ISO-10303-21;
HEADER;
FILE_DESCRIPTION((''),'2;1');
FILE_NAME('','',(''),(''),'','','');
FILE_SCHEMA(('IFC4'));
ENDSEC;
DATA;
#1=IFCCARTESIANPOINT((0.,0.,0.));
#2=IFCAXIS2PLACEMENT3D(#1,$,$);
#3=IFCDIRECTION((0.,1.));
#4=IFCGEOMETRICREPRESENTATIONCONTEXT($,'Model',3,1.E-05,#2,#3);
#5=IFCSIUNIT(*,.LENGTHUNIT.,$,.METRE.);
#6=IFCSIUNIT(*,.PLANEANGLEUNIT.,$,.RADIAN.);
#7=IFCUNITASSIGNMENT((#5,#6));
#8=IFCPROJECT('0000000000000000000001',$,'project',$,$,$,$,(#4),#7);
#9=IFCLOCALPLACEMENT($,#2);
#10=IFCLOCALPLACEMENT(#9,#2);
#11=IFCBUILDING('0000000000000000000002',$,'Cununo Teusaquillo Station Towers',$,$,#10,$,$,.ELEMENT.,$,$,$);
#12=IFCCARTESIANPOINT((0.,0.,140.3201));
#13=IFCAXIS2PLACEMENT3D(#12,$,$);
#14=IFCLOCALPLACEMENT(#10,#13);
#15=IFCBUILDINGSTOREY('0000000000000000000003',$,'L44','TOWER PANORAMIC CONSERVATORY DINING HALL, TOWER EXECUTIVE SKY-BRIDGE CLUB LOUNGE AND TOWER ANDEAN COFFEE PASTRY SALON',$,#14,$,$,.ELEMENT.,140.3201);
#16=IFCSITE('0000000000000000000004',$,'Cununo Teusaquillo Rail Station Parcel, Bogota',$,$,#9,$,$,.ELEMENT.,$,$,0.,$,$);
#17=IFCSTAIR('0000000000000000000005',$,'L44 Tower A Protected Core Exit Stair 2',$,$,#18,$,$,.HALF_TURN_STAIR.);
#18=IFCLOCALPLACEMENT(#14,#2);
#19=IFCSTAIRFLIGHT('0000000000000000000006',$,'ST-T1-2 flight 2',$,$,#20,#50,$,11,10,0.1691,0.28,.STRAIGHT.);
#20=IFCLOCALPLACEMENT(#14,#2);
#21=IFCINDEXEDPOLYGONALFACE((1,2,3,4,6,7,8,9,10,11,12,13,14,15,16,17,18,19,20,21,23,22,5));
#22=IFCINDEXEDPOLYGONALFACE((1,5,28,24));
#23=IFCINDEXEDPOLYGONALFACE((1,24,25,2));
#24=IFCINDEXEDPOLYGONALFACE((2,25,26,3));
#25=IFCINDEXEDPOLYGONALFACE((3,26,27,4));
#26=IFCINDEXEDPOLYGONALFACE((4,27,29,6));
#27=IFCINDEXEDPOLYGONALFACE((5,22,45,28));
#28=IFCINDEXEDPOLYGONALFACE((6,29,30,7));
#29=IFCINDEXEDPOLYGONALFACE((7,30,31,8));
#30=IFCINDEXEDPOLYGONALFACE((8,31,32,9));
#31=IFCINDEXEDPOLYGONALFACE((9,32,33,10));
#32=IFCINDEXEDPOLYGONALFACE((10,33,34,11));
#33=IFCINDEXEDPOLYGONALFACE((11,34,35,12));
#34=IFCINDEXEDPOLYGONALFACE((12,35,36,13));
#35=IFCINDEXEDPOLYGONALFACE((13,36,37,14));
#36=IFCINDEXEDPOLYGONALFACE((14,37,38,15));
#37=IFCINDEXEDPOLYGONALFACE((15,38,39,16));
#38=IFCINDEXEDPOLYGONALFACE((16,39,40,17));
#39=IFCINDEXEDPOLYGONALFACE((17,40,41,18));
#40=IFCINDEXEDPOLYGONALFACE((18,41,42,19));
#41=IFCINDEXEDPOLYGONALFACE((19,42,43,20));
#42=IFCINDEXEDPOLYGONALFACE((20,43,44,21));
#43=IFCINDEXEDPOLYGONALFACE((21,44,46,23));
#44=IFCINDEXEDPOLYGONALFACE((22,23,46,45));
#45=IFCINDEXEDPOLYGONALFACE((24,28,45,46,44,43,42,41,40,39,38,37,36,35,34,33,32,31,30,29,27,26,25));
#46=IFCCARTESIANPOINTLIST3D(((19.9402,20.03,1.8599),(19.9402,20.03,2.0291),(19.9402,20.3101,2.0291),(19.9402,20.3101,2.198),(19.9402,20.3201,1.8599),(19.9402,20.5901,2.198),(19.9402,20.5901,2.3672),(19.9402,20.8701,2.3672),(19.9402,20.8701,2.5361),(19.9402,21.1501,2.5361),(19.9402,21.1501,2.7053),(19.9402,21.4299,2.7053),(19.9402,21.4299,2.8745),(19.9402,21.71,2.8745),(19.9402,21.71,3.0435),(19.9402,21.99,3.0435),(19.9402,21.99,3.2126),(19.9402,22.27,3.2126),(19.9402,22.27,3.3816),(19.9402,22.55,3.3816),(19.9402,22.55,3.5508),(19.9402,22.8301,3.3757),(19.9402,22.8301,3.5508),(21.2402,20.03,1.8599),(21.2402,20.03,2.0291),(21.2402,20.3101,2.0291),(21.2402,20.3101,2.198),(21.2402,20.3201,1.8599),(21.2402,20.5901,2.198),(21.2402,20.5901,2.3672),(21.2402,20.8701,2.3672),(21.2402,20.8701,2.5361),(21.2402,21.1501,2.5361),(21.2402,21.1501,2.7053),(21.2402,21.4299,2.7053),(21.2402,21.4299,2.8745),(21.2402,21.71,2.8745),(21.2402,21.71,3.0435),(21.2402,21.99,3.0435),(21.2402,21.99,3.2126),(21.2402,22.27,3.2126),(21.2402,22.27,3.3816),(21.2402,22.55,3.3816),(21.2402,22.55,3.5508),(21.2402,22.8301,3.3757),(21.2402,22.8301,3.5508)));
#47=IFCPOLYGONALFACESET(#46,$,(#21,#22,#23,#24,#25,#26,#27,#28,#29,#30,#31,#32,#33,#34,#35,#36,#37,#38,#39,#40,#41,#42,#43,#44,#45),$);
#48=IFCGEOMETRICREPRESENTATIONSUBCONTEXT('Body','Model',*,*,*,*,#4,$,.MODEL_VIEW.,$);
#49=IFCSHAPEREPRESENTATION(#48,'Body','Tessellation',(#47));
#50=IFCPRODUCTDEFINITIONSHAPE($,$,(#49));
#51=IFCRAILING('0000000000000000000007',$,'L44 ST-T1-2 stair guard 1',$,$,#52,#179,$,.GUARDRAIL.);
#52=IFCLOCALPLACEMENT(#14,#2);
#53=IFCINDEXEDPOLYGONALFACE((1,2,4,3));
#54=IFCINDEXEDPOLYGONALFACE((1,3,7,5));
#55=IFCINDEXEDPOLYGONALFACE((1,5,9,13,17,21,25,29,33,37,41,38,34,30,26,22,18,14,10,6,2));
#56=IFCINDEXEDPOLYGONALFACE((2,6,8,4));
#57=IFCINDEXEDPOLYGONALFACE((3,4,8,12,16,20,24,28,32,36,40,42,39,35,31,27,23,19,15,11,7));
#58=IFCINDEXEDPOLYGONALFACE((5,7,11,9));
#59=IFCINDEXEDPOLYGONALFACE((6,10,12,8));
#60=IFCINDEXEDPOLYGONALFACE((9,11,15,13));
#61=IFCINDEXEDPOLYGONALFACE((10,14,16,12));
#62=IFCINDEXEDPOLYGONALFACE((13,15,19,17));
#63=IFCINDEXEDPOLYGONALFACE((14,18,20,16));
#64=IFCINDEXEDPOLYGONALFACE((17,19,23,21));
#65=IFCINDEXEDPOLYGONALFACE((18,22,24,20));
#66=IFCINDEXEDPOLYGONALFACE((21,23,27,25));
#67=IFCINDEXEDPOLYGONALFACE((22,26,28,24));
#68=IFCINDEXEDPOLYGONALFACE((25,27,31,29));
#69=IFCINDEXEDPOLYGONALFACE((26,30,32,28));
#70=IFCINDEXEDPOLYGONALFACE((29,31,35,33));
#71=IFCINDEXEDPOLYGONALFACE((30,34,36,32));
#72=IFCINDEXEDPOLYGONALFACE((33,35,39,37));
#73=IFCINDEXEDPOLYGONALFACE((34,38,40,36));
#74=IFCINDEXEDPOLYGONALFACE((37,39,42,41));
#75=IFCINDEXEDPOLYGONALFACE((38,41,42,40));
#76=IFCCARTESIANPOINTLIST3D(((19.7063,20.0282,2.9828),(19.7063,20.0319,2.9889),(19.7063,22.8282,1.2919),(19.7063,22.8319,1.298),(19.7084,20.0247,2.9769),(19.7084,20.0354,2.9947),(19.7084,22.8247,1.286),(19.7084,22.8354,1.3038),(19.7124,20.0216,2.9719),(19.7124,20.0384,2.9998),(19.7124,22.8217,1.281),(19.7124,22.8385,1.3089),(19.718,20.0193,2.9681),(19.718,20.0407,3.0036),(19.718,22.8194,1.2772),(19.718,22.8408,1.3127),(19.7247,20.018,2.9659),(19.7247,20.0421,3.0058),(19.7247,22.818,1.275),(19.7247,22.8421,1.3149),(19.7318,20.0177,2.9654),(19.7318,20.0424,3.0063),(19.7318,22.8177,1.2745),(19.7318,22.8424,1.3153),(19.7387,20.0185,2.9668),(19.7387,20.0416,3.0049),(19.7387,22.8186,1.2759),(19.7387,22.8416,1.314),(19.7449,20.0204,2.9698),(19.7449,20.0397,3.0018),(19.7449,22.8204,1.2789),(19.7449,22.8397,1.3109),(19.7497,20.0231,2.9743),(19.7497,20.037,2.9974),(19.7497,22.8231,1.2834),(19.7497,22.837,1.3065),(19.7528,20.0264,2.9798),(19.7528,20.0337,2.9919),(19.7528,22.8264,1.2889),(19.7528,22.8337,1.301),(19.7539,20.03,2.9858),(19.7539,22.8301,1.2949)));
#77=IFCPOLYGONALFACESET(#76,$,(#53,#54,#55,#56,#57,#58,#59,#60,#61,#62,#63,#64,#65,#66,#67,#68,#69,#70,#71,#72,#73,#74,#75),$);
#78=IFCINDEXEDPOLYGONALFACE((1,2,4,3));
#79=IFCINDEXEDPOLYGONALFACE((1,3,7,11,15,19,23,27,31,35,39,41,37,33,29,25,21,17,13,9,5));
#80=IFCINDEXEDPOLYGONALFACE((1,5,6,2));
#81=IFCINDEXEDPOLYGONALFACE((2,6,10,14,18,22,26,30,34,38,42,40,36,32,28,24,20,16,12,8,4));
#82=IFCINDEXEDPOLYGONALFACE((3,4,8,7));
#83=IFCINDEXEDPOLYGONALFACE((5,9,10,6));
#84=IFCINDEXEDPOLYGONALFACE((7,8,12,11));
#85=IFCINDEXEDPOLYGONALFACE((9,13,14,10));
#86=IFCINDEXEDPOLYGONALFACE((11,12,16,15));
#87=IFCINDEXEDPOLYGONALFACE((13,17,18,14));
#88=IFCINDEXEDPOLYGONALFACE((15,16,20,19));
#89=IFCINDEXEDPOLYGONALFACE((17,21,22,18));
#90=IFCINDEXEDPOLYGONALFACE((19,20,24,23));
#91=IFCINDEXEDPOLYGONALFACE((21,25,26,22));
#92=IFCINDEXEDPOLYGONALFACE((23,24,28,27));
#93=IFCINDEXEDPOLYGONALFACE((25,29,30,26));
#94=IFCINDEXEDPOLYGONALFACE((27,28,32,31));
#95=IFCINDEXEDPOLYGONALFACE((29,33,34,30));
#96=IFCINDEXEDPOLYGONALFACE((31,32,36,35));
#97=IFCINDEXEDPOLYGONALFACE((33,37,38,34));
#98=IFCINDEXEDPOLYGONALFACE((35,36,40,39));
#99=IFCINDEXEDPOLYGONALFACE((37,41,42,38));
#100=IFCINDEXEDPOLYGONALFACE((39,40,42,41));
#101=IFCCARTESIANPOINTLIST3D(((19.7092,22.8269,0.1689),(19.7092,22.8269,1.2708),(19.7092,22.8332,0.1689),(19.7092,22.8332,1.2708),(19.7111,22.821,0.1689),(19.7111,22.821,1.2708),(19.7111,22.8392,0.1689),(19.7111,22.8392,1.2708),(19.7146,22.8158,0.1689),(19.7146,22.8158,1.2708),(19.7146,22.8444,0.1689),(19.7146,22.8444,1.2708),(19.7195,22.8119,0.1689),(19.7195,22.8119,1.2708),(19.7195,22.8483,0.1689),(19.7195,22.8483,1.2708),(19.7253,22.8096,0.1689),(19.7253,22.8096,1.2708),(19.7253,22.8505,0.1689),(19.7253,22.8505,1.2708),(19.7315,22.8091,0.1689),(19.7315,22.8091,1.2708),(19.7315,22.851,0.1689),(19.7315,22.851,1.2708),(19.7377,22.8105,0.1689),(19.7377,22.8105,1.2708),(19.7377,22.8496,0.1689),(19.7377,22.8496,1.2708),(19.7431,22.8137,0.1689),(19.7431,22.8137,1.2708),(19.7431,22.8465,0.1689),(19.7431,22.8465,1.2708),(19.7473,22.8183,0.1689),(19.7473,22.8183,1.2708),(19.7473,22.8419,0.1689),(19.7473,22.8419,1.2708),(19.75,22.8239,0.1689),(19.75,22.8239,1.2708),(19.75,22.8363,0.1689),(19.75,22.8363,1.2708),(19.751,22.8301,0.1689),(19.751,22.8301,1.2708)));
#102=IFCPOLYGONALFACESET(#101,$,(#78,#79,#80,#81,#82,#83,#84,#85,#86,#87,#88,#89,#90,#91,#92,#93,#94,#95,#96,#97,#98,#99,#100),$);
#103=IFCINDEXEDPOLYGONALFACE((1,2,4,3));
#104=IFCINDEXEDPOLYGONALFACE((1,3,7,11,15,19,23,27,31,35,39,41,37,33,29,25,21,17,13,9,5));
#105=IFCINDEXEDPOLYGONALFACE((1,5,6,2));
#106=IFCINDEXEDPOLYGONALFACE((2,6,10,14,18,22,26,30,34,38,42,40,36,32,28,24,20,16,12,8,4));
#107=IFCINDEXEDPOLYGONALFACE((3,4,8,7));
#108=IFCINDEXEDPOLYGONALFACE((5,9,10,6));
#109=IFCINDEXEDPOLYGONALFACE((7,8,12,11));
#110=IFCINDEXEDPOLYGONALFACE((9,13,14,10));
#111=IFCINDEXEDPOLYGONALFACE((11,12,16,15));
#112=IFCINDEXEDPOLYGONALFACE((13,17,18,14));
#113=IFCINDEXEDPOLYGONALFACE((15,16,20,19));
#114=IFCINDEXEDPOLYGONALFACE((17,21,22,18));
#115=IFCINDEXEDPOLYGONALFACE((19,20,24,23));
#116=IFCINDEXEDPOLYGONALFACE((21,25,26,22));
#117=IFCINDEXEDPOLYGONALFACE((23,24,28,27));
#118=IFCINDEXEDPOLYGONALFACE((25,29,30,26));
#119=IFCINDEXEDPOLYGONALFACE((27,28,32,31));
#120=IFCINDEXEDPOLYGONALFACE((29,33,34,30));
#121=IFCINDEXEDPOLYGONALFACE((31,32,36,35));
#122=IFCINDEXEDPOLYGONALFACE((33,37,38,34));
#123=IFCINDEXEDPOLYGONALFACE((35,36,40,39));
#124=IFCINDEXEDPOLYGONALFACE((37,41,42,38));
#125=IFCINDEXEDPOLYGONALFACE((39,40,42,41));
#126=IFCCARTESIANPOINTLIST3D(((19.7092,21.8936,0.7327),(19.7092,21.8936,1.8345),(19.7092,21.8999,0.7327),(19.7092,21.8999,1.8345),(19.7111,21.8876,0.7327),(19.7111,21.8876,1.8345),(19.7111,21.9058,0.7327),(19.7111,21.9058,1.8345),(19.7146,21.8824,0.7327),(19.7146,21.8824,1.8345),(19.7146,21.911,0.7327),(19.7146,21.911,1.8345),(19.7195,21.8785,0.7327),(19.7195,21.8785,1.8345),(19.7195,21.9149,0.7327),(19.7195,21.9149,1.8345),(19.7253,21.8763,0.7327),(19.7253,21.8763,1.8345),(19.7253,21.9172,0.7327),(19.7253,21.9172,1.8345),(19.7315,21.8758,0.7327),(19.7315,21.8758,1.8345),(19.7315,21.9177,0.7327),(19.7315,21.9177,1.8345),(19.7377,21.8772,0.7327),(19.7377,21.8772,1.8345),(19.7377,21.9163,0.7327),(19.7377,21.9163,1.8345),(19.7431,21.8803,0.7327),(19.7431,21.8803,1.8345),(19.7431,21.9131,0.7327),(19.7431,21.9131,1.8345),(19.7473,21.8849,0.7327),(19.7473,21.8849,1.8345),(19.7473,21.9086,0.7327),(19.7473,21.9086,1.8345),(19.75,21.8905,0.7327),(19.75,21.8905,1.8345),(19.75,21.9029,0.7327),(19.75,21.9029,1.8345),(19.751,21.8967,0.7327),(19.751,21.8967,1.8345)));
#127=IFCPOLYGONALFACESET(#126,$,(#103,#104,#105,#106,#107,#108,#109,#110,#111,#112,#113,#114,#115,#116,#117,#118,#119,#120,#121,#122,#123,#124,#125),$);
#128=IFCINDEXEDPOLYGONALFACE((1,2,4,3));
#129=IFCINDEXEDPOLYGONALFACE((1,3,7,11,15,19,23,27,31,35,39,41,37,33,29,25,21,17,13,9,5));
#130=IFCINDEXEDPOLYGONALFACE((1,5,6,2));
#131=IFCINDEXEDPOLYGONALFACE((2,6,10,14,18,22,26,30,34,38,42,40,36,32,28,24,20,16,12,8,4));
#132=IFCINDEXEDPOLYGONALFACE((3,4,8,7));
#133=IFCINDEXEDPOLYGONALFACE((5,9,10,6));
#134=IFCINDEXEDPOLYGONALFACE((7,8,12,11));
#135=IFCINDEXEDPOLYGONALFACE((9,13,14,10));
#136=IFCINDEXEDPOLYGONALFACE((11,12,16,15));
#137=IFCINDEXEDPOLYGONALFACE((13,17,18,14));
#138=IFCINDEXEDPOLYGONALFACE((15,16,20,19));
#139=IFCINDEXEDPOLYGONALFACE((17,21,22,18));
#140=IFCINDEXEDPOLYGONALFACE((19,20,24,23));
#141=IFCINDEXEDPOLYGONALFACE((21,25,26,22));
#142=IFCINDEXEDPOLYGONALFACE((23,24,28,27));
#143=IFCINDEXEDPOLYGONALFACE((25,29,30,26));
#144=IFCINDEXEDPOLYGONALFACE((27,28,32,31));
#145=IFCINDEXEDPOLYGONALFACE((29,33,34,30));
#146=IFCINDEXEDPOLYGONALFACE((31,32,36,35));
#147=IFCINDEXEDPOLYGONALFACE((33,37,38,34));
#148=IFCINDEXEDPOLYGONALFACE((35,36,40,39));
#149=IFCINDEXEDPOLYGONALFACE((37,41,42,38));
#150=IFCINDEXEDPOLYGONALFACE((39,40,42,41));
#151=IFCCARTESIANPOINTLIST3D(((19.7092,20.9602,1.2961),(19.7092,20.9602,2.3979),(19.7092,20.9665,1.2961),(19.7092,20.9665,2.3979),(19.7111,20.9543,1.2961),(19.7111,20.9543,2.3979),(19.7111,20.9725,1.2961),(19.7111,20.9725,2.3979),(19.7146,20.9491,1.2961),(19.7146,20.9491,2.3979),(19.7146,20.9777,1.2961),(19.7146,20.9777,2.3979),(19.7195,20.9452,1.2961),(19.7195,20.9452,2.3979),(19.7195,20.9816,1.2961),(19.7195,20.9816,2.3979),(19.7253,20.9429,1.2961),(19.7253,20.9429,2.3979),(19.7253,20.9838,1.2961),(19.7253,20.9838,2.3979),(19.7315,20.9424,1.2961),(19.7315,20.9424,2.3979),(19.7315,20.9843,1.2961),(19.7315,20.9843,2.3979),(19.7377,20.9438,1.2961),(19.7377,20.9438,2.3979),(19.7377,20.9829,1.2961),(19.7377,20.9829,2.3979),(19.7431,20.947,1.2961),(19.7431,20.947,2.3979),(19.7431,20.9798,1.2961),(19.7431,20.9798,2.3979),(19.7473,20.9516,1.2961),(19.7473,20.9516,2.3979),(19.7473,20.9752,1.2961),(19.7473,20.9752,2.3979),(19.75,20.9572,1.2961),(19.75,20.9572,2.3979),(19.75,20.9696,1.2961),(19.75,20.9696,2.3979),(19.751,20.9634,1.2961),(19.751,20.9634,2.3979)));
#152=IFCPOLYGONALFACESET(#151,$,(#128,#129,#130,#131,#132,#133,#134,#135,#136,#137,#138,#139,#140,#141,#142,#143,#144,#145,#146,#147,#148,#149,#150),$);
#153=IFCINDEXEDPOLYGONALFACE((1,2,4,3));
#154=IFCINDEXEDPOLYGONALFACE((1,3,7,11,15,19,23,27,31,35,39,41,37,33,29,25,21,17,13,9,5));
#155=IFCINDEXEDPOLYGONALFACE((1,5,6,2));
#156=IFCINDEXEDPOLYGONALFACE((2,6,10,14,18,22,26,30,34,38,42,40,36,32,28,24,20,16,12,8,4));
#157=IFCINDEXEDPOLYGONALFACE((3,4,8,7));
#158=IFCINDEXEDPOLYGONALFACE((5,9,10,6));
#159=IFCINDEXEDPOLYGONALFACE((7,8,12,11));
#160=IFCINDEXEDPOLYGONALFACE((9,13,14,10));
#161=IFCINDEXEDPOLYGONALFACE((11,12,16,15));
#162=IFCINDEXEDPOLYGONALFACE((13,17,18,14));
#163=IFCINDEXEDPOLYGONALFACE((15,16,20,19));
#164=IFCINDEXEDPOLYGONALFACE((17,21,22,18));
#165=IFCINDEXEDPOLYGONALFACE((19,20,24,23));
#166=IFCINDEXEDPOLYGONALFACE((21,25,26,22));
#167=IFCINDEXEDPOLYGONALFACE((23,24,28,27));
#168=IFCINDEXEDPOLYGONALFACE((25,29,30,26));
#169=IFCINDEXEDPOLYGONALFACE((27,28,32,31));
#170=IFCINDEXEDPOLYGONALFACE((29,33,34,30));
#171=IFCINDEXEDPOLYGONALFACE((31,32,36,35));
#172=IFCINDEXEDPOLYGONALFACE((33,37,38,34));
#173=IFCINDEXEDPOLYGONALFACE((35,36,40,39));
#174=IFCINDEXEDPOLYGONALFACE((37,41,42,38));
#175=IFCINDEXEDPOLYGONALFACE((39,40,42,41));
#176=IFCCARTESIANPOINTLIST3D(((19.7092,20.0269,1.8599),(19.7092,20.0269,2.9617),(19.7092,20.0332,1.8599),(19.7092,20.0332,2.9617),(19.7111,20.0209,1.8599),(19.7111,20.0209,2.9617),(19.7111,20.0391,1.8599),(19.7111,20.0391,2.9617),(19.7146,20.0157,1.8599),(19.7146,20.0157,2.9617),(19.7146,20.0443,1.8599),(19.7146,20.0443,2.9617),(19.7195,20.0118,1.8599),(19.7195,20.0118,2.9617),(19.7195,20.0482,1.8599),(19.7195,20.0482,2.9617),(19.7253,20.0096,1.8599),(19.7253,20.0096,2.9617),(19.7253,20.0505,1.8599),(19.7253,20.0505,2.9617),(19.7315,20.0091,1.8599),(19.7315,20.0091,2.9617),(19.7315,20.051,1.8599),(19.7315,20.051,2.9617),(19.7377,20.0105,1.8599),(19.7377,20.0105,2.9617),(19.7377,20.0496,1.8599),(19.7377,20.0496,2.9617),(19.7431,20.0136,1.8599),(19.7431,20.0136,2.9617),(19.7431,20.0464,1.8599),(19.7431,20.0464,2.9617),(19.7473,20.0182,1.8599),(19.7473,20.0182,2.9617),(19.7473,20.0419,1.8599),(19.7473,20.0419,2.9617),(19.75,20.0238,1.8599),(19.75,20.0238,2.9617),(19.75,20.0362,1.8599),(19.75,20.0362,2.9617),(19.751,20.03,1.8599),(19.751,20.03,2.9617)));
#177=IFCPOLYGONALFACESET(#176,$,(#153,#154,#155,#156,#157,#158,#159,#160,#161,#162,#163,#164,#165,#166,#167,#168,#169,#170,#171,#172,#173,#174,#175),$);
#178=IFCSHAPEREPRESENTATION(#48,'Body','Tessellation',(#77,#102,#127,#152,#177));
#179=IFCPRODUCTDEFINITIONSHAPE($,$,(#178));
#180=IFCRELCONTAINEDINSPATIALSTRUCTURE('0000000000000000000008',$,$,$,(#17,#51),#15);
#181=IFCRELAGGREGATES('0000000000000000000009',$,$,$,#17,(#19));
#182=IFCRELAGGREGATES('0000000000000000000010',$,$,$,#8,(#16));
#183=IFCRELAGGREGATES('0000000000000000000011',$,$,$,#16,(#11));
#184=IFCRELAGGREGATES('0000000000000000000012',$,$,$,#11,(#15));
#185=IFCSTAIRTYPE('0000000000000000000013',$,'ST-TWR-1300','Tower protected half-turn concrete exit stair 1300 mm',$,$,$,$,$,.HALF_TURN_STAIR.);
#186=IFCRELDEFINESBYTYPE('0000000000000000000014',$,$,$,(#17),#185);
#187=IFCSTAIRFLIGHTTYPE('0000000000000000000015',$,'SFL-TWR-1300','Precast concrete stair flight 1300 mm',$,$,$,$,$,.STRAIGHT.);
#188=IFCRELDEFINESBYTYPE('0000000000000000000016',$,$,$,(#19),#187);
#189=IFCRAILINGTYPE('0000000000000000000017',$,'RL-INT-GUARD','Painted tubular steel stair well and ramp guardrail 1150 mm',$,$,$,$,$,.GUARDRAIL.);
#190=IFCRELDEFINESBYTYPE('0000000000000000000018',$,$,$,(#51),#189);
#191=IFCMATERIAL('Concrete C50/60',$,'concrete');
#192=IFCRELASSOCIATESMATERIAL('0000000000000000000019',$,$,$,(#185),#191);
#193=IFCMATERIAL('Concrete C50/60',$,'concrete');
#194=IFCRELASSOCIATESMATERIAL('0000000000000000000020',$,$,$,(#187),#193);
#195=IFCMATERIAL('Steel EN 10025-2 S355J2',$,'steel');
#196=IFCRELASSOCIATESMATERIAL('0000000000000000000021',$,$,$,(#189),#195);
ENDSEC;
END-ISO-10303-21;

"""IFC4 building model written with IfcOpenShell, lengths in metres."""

from ifc_helpers import new_model, si_unit, direction, frame, origin, origin_2d, place, context, subcontext, project, spatial, polyline, circle, outline, extrude, material, type_object, element, aggregate, save


model = new_model("IFC4")

# Units and contexts
model_context = context("Model", 3, precision=1e-05, world=origin(), true_north=direction((0.0, 1.0)))
body_context = subcontext(model_context, "Body", "Model", "MODEL_VIEW")
ifc_project = project(units=[si_unit("LENGTHUNIT", "METRE"), si_unit("PLANEANGLEUNIT", "RADIAN")], contexts=[model_context])

# Site, building, storey
site_placement = place(None, origin())
site = spatial("IfcSite", under=ifc_project, at=site_placement, Name="Cununo Teusaquillo Rail Station Parcel, Bogota", CompositionType="ELEMENT", RefElevation=0.0)
building_placement = place(site_placement, origin())
building = spatial("IfcBuilding", under=site, at=building_placement, Name="Cununo Teusaquillo Station Towers", CompositionType="ELEMENT")
storey_placement = place(building_placement, frame((0.0, 0.0, 140.3201)))
storey = spatial("IfcBuildingStorey", under=building, at=storey_placement, Name="L44", Description="TOWER PANORAMIC CONSERVATORY DINING HALL, TOWER EXECUTIVE SKY-BRIDGE CLUB LOUNGE AND TOWER ANDEAN COFFEE PASTRY SALON", CompositionType="ELEMENT", Elevation=140.3201)

# Stair, stair flight
ifc_material_1 = material(Name="Concrete C50/60", Category="concrete")
stair_type = type_object("IfcStairType", Name="ST-TWR-1300", Description="Tower protected half-turn concrete exit stair 1300 mm", PredefinedType="HALF_TURN_STAIR", material=ifc_material_1)
stair_placement = place(storey_placement, origin())
stair = element("IfcStair", 1, at=stair_placement, inside=storey, type_object=stair_type, Name="L44 Tower A Protected Core Exit Stair 2", PredefinedType="HALF_TURN_STAIR")
ifc_material_2 = material(Name="Concrete C50/60", Category="concrete")
stair_flight_type = type_object("IfcStairFlightType", Name="SFL-TWR-1300", Description="Precast concrete stair flight 1300 mm", PredefinedType="STRAIGHT", material=ifc_material_2)
stair_flight_1_placement = place(storey_placement, frame((20.5901, 20.03, 1.8599), z_axis=(0.0, 0.0, 1.0), x_axis=(0.0, 1.0, 0.0)))
stair_flight_1 = element("IfcStairFlight", 2, at=stair_flight_1_placement, type_object=stair_flight_type, Name="ST-T1-2 flight 2", NumberOfRisers=11, NumberOfTreads=10, PredefinedType="STRAIGHT", RiserHeight=0.1691, TreadLength=0.28, context=body_context, shape_type="SweptSolid", body=[
    extrude(outline(polyline([(0.0, 0.0), (0.0, 0.1692), (0.28, 0.1692), (0.28, 0.3381), (0.5601, 0.3381), (0.5601, 0.5073), (0.8401, 0.5073), (0.8401, 0.6763), (1.1201, 0.6763), (1.1201, 0.8455), (1.3999, 0.8455), (1.3999, 1.0146), (1.6799, 1.0146), (1.6799, 1.1836), (1.96, 1.1836), (1.96, 1.3528), (2.24, 1.3528), (2.24, 1.5217), (2.52, 1.5217), (2.52, 1.6909), (2.8, 1.6909), (2.8, 1.8601), (2.8, 1.5159), (0.29, 0.0), (0.0, 0.0)])), frame((0.0, 0.6499, 0.0), z_axis=(0.0, -1.0, 0.0), x_axis=(1.0, 0.0, 0.0)), (0.0, 0.0, 1.0), 1.3),
])
aggregate(stair, [stair_flight_1])

# Railing
ifc_material_3 = material(Name="Steel EN 10025-2 S355J2", Category="steel")
railing_type_1 = type_object("IfcRailingType", Name="RL-INT-GUARD", Description="Painted tubular steel stair well and ramp guardrail 1150 mm", PredefinedType="GUARDRAIL", material=ifc_material_3)
railing_1_placement = place(storey_placement, frame((19.73, 22.8301, 0.1689)))
element("IfcRailing", 3, at=railing_1_placement, inside=storey, type_object=railing_type_1, Name="L44 ST-T1-2 stair guard 1", PredefinedType="GUARDRAIL", context=body_context, shape_type="SweptSolid", body=[
    extrude(circle(Radius=0.0239, at=origin_2d()), frame((0.0, 0.0, 1.126), z_axis=(0.0, -0.856021, 0.516941), x_axis=(1.0, 0.0, 0.0)), (0.0, 0.0, 1.0), 3.271),
    extrude(circle(Radius=0.021, at=origin_2d()), origin(), (0.0, 0.0, 1.0), 1.1018),
    extrude(circle(Radius=0.021, at=origin_2d()), frame((0.0, -0.9333, 0.5637)), (0.0, 0.0, 1.0), 1.1018),
    extrude(circle(Radius=0.021, at=origin_2d()), frame((0.0, -1.8667, 1.1272)), (0.0, 0.0, 1.0), 1.1018),
    extrude(circle(Radius=0.021, at=origin_2d()), frame((0.0, -2.8, 1.6909)), (0.0, 0.0, 1.0), 1.1018),
])

save(model, "model.ifc")
